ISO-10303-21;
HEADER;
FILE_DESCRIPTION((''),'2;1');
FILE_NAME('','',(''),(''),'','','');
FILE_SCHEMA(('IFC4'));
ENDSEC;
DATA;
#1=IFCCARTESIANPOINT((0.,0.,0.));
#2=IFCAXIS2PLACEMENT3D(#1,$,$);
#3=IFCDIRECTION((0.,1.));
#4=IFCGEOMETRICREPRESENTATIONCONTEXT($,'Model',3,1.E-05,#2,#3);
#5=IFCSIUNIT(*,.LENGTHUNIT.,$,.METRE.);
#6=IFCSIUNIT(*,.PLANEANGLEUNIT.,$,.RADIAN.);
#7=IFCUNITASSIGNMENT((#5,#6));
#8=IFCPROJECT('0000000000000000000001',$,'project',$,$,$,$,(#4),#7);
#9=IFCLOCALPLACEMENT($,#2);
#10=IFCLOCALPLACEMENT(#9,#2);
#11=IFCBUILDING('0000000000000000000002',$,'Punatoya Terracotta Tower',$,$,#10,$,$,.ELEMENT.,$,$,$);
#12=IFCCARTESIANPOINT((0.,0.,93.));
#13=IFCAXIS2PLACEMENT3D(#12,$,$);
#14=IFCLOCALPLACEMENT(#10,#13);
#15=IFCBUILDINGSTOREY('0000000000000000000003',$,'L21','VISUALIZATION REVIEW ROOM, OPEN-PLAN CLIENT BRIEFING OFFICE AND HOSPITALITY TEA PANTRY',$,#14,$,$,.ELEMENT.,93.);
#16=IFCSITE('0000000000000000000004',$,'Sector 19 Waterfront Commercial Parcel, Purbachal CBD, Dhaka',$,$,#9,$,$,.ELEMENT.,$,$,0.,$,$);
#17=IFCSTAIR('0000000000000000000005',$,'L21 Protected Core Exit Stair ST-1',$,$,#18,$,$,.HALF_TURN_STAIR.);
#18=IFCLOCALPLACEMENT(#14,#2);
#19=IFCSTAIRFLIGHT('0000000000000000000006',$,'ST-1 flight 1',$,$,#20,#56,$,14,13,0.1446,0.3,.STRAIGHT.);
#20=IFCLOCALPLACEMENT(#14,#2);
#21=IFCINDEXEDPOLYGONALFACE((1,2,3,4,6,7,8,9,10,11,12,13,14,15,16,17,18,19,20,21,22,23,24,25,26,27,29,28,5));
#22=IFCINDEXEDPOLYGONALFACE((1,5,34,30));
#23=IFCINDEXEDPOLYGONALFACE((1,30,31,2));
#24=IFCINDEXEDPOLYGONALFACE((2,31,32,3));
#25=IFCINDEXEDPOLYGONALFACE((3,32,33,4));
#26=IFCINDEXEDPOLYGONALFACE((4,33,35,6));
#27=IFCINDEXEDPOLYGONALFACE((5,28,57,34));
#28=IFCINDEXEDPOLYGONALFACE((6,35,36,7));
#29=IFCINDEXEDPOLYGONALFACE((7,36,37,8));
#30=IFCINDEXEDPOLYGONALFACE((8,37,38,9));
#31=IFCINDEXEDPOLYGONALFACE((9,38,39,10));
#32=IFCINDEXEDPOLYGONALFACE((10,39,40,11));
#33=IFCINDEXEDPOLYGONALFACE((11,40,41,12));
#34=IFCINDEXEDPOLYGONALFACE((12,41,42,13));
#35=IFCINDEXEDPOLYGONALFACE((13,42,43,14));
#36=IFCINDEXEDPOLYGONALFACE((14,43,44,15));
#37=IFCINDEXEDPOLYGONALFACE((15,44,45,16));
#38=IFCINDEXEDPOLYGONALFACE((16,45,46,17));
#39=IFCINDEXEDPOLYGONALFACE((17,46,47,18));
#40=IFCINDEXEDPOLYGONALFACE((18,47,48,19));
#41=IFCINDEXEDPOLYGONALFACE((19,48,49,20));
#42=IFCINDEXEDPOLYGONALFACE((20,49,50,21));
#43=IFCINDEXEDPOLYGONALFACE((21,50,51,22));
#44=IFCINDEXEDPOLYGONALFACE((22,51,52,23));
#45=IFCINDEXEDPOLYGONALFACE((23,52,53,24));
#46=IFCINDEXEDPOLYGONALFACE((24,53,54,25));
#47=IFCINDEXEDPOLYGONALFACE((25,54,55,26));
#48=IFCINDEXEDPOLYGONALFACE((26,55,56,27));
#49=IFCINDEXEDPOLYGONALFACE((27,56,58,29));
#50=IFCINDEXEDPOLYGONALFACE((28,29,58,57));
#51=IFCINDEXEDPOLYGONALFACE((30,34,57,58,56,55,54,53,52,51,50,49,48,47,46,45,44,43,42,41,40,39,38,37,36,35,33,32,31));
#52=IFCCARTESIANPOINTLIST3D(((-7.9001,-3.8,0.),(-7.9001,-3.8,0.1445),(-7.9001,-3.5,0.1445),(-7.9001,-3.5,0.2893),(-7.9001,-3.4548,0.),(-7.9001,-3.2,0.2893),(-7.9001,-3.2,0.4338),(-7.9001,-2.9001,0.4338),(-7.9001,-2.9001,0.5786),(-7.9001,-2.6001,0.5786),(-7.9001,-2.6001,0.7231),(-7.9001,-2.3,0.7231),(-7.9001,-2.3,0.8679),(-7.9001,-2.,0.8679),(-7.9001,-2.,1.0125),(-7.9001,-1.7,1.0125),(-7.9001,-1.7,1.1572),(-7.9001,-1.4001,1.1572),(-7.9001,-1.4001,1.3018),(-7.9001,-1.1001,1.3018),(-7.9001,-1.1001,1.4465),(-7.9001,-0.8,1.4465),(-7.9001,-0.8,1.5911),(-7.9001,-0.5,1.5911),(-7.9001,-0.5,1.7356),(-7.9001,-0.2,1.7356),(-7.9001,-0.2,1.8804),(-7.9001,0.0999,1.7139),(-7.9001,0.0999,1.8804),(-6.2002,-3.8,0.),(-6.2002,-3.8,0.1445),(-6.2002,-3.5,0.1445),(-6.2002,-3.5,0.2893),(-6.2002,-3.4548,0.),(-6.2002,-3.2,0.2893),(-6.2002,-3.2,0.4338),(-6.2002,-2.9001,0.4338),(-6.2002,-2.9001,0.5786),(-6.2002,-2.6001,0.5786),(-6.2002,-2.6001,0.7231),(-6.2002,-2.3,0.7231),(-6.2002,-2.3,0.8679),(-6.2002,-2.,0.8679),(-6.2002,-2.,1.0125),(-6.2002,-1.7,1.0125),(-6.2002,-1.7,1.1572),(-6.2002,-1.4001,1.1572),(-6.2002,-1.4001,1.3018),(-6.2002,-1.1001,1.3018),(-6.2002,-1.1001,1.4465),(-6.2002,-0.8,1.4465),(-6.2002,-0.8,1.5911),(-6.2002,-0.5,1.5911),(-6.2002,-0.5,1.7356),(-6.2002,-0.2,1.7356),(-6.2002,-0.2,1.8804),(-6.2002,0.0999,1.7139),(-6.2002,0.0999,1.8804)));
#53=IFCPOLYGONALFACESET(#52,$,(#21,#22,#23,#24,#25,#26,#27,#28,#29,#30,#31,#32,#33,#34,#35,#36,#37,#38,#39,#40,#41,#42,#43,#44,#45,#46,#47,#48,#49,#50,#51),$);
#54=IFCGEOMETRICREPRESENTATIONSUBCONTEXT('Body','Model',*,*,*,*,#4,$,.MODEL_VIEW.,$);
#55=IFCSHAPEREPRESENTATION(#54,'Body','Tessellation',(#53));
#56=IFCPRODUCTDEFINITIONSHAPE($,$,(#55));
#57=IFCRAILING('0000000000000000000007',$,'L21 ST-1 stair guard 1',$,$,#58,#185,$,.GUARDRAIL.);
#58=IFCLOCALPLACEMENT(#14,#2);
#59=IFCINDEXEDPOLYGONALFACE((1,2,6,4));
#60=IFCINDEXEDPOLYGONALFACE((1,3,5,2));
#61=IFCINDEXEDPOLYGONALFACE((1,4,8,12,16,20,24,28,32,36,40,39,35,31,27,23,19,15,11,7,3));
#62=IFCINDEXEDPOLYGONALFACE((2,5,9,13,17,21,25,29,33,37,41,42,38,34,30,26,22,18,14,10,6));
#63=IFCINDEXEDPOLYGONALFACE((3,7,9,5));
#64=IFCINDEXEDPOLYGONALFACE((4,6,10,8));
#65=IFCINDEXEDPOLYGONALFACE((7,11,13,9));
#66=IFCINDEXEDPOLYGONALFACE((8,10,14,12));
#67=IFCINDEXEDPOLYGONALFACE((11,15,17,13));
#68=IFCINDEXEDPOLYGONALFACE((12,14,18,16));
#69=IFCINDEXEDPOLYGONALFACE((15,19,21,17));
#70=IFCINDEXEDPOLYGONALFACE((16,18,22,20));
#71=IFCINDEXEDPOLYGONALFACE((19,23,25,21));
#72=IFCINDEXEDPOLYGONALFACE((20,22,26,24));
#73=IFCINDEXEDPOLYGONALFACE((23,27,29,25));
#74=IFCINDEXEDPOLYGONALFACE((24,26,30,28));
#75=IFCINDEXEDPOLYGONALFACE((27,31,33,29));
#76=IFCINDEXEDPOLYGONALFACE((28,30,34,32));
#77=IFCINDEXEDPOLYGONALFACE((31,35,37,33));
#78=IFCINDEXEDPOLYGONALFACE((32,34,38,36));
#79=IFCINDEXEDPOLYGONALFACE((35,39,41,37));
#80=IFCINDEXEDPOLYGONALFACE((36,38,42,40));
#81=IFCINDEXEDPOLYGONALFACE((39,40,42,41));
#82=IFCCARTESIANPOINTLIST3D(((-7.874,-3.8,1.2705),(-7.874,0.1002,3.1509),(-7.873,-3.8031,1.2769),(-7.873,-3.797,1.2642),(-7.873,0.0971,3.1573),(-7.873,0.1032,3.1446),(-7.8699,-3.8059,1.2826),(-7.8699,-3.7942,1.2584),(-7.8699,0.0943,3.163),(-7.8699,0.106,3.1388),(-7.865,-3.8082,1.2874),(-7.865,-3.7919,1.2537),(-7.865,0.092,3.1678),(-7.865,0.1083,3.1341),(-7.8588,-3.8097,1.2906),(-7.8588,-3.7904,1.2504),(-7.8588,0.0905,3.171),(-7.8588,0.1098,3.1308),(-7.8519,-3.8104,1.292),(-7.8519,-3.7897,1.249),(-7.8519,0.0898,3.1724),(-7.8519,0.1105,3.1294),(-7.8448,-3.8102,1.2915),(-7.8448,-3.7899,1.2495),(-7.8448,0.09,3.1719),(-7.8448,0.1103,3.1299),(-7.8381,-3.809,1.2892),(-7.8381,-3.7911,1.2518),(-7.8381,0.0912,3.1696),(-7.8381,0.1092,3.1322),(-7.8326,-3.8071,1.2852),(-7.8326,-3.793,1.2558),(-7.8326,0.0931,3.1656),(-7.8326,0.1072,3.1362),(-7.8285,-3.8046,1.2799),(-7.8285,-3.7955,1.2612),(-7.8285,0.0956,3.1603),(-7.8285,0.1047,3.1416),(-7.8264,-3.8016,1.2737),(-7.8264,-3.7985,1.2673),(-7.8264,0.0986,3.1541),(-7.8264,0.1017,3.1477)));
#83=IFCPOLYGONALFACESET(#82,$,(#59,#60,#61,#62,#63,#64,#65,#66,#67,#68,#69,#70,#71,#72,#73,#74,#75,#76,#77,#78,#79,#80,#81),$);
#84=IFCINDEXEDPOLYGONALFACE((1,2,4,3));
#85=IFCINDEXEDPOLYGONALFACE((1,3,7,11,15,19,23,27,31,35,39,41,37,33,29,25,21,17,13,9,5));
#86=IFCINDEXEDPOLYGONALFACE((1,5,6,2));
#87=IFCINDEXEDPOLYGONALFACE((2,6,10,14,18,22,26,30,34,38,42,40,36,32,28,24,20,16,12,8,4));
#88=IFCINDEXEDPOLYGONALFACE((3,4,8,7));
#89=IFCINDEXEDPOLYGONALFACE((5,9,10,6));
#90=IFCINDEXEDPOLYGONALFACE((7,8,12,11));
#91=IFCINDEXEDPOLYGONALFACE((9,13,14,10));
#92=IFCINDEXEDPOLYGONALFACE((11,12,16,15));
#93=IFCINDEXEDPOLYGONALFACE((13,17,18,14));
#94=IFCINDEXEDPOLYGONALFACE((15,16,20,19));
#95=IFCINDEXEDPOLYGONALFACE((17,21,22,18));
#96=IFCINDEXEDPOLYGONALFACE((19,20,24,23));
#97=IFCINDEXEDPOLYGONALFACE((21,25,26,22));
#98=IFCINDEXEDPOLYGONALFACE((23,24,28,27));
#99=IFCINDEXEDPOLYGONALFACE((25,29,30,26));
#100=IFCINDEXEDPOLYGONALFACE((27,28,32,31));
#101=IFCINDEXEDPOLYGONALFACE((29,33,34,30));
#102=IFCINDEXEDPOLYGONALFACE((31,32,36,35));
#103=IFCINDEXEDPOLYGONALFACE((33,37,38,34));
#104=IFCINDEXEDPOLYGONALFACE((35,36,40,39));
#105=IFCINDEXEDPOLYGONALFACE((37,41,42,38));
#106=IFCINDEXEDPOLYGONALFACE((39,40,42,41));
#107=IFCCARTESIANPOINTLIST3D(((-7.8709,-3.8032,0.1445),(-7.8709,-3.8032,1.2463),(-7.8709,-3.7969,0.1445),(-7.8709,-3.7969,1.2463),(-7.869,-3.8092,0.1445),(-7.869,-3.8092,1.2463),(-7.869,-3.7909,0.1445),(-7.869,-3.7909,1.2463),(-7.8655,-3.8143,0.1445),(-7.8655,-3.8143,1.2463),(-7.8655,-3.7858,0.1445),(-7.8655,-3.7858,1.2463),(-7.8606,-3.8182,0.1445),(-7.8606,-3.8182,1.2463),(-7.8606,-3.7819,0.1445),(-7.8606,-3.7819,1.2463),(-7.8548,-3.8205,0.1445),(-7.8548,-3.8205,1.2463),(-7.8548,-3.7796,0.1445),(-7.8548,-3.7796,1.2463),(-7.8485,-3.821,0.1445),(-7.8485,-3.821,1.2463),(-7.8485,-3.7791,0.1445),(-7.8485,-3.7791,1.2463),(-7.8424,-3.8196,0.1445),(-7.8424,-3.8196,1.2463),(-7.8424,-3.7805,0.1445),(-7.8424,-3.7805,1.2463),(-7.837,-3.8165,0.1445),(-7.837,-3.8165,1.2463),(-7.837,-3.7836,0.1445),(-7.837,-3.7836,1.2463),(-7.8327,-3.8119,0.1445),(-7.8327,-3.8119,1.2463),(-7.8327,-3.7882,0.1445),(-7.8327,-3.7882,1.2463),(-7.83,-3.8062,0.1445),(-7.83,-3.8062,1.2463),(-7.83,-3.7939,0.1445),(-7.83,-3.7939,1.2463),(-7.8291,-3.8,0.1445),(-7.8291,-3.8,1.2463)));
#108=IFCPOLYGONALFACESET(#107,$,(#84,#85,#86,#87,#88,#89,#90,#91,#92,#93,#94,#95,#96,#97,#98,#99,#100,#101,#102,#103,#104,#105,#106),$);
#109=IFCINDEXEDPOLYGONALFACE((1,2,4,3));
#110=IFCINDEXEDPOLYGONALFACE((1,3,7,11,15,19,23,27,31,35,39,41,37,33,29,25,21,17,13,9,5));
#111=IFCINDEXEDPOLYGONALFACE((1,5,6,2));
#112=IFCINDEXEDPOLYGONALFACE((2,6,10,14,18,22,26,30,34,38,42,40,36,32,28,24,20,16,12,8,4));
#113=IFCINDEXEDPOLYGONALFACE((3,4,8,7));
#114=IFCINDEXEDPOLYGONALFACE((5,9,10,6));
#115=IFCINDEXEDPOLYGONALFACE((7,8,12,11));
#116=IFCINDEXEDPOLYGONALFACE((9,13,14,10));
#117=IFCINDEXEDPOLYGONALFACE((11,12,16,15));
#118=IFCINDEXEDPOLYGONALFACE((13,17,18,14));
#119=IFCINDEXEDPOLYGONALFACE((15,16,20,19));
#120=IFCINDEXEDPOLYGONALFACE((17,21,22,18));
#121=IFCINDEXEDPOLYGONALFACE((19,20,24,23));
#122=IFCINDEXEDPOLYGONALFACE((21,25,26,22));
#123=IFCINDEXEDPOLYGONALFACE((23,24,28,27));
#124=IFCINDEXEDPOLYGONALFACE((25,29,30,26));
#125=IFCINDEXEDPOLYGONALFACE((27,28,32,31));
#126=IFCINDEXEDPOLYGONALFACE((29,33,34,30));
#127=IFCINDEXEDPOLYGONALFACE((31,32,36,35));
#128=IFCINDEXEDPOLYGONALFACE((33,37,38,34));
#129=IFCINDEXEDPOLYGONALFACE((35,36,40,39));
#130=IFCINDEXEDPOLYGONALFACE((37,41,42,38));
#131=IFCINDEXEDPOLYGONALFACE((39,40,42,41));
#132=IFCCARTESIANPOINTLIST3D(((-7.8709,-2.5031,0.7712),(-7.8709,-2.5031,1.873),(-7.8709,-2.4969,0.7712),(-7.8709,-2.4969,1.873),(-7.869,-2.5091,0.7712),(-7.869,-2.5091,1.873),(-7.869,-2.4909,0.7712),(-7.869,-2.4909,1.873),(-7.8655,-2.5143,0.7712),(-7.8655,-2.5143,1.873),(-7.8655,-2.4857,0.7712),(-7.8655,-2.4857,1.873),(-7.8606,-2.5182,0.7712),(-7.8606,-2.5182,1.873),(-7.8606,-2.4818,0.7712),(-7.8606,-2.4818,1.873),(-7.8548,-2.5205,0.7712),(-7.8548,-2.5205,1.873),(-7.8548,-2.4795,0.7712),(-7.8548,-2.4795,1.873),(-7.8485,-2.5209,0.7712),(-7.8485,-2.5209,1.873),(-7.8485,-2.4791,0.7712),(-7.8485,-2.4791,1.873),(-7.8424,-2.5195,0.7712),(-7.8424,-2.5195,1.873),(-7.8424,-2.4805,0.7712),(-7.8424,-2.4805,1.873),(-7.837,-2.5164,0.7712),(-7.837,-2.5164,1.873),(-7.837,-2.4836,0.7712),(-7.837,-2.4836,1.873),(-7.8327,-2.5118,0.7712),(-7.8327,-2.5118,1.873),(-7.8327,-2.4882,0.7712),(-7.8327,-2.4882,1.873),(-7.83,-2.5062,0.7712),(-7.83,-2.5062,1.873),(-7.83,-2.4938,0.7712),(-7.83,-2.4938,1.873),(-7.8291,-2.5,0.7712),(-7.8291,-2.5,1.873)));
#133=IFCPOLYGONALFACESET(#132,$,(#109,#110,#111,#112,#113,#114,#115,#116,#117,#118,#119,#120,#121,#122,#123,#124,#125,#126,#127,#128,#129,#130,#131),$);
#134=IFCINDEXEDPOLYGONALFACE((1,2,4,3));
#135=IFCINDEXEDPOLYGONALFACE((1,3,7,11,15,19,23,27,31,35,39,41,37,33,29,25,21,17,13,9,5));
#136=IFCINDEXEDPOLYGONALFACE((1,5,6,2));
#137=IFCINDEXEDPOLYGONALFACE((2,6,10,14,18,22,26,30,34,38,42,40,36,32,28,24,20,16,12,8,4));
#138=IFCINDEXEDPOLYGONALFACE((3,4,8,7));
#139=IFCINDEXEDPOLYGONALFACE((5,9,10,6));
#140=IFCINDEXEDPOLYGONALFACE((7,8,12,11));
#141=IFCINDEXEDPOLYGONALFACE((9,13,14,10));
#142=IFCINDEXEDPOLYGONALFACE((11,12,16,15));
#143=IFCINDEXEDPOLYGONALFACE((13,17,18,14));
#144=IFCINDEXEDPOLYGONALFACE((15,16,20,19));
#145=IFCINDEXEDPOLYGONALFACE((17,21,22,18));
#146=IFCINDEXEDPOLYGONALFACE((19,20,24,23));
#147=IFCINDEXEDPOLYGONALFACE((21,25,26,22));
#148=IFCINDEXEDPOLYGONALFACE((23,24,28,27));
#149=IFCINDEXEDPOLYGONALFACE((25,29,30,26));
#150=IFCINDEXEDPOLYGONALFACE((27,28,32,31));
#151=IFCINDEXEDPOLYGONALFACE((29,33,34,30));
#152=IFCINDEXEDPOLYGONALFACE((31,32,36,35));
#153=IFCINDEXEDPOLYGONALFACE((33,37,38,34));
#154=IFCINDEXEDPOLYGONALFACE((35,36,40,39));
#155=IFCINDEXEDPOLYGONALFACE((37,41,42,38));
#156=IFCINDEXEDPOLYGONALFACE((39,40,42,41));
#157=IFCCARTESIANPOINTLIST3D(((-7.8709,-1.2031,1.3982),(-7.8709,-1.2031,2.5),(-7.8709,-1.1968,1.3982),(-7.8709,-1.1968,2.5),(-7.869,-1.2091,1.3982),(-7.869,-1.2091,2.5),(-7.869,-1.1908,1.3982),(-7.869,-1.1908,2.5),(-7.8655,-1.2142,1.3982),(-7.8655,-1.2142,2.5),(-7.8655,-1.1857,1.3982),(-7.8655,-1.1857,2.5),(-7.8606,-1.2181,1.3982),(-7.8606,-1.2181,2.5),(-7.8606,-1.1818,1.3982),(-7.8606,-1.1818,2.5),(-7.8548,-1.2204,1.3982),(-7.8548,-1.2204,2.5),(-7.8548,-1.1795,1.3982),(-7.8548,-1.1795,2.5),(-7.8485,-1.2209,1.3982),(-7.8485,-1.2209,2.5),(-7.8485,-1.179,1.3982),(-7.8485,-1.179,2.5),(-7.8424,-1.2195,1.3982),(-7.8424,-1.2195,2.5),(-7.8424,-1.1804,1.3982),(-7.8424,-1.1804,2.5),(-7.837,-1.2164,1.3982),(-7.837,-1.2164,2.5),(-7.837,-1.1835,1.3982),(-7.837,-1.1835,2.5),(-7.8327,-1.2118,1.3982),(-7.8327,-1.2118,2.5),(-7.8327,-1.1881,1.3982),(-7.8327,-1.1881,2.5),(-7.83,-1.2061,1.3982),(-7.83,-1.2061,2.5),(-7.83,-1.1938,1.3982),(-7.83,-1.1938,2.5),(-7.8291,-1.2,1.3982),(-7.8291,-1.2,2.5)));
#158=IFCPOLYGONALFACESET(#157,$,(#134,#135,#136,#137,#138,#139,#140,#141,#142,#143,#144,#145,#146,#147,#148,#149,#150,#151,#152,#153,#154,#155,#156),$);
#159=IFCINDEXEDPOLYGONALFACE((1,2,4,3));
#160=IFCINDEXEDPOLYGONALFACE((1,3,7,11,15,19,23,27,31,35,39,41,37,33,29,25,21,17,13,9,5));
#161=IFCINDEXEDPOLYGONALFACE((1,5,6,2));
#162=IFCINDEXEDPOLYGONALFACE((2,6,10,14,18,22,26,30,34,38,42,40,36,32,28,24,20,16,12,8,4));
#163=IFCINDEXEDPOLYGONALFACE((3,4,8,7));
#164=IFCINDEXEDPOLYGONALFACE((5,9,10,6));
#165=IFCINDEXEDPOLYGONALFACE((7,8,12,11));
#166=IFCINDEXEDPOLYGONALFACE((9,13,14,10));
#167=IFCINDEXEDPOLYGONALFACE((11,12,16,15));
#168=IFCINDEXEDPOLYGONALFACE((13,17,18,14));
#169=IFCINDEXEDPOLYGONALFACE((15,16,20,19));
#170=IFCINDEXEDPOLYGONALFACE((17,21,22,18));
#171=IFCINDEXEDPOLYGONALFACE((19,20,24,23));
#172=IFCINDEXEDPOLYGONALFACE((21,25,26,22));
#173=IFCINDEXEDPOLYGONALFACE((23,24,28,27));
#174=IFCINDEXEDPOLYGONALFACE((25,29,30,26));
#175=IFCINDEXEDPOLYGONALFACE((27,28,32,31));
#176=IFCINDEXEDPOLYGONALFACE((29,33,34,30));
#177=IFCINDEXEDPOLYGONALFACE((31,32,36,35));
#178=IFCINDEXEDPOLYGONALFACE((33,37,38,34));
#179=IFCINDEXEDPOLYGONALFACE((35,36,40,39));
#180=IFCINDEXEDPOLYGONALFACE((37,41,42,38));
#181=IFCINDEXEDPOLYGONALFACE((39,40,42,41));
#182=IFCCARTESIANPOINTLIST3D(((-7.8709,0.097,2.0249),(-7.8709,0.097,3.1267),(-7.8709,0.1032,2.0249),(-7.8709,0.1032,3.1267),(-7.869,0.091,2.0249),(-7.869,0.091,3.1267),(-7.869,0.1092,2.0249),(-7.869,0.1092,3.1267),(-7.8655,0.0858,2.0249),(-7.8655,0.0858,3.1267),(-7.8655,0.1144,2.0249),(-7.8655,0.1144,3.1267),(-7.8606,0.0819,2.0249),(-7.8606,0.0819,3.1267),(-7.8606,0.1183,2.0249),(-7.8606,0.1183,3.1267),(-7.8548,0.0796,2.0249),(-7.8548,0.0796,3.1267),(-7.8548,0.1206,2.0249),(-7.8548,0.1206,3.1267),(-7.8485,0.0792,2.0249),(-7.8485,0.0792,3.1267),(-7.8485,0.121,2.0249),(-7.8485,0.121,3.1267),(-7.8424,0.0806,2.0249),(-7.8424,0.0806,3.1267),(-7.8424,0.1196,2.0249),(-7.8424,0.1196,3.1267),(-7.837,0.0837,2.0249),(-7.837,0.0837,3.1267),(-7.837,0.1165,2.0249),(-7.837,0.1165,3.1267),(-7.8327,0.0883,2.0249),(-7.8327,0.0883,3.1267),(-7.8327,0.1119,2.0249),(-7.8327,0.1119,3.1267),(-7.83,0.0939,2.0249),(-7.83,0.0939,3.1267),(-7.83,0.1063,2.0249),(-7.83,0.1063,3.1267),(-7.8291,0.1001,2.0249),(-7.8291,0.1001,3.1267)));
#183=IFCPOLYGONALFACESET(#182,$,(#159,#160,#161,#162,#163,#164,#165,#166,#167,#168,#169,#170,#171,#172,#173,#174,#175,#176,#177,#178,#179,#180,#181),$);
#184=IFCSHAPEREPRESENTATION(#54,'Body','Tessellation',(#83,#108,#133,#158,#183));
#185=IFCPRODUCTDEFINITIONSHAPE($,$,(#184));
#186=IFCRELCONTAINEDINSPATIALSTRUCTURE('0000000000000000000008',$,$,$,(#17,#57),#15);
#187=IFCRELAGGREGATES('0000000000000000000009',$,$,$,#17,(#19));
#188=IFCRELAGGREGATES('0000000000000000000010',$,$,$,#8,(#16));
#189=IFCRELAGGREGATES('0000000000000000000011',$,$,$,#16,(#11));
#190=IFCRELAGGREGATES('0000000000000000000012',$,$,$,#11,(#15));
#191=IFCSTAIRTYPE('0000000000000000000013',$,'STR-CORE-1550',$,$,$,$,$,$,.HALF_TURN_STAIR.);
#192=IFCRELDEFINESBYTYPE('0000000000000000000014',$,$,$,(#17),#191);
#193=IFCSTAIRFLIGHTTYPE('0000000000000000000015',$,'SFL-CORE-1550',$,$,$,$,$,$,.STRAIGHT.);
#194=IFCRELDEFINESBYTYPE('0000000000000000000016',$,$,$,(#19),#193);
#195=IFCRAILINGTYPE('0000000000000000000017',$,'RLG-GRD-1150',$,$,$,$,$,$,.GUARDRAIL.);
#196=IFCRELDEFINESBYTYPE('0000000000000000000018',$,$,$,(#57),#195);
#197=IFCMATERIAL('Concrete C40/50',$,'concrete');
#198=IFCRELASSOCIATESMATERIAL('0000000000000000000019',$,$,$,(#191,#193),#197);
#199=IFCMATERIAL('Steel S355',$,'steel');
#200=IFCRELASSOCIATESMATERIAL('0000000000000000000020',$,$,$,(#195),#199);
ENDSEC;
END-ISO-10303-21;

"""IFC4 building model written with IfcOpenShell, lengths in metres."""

from ifc_helpers import new_model, si_unit, direction, frame, origin, origin_2d, place, context, subcontext, project, spatial, polyline, circle, outline, extrude, material, type_object, element, aggregate, save


model = new_model("IFC4")

# Units and contexts
model_context = context("Model", 3, precision=1e-05, world=origin(), true_north=direction((0.0, 1.0)))
body_context = subcontext(model_context, "Body", "Model", "MODEL_VIEW")
ifc_project = project(units=[si_unit("LENGTHUNIT", "METRE"), si_unit("PLANEANGLEUNIT", "RADIAN")], contexts=[model_context])

# Site, building, storey
site_placement = place(None, origin())
site = spatial("IfcSite", under=ifc_project, at=site_placement, Name="Sector 19 Waterfront Commercial Parcel, Purbachal CBD, Dhaka", CompositionType="ELEMENT", RefElevation=0.0)
building_placement = place(site_placement, origin())
building = spatial("IfcBuilding", under=site, at=building_placement, Name="Punatoya Terracotta Tower", CompositionType="ELEMENT")
storey_placement = place(building_placement, frame((0.0, 0.0, 93.0)))
storey = spatial("IfcBuildingStorey", under=building, at=storey_placement, Name="L21", Description="VISUALIZATION REVIEW ROOM, OPEN-PLAN CLIENT BRIEFING OFFICE AND HOSPITALITY TEA PANTRY", CompositionType="ELEMENT", Elevation=93.0)

# Shared definitions
ifc_material_1 = material(Name="Concrete C40/50", Category="concrete")

# Stair, stair flight
stair_type = type_object("IfcStairType", Name="STR-CORE-1550", PredefinedType="HALF_TURN_STAIR", material=ifc_material_1)
stair_placement = place(storey_placement, origin())
stair = element("IfcStair", 1, at=stair_placement, inside=storey, type_object=stair_type, Name="L21 Protected Core Exit Stair ST-1", PredefinedType="HALF_TURN_STAIR")
stair_flight_type = type_object("IfcStairFlightType", Name="SFL-CORE-1550", PredefinedType="STRAIGHT", material=ifc_material_1)
stair_flight_placement = place(storey_placement, frame((-7.05, -3.8, 0.0), z_axis=(0.0, 0.0, 1.0), x_axis=(0.0, 1.0, 0.0)))
stair_flight = element("IfcStairFlight", 2, at=stair_flight_placement, type_object=stair_flight_type, Name="ST-1 flight 1", NumberOfRisers=14, NumberOfTreads=13, PredefinedType="STRAIGHT", RiserHeight=0.1446, TreadLength=0.3, context=body_context, shape_type="SweptSolid", body=[
    extrude(outline(polyline([(0.0, 0.0), (0.0, 0.1445), (0.3, 0.1445), (0.3, 0.2893), (0.6001, 0.2893), (0.6001, 0.4338), (0.8999, 0.4338), (0.8999, 0.5786), (1.2, 0.5786), (1.2, 0.7231), (1.5, 0.7231), (1.5, 0.8679), (1.8, 0.8679), (1.8, 1.0125), (2.1001, 1.0125), (2.1001, 1.1572), (2.3999, 1.1572), (2.3999, 1.3018), (2.7, 1.3018), (2.7, 1.4465), (3.0, 1.4465), (3.0, 1.5911), (3.3, 1.5911), (3.3, 1.7356), (3.6001, 1.7356), (3.6001, 1.8804), (3.8999, 1.8804), (3.8999, 2.0249), (3.8999, 1.7139), (0.3452, 0.0), (0.0, 0.0)])), frame((0.0, 0.8501, 0.0), z_axis=(0.0, -1.0, 0.0), x_axis=(1.0, 0.0, 0.0)), (0.0, 0.0, 1.0), 1.7),
])
aggregate(stair, [stair_flight])

# Railing
ifc_material_2 = material(Name="Steel S355", Category="steel")
railing_type_1 = type_object("IfcRailingType", Name="RLG-GRD-1150", PredefinedType="GUARDRAIL", material=ifc_material_2)
railing_1_placement = place(storey_placement, frame((-7.8501, -3.8, 0.1445)))
element("IfcRailing", 3, at=railing_1_placement, inside=storey, type_object=railing_type_1, Name="L21 ST-1 stair guard 1", PredefinedType="GUARDRAIL", context=body_context, shape_type="SweptSolid", body=[
    extrude(circle(Radius=0.0239, at=origin_2d()), frame((0.0, 0.0, 1.126), z_axis=(0.0, 0.900774, 0.434289), x_axis=(-1.0, 0.0, 0.0)), (0.0, 0.0, 1.0), 4.3298),
    extrude(circle(Radius=0.021, at=origin_2d()), origin(), (0.0, 0.0, 1.0), 1.1018),
    extrude(circle(Radius=0.021, at=origin_2d()), frame((0.0, 1.3, 0.6267)), (0.0, 0.0, 1.0), 1.1018),
    extrude(circle(Radius=0.021, at=origin_2d()), frame((0.0, 2.6001, 1.2537)), (0.0, 0.0, 1.0), 1.1018),
    extrude(circle(Radius=0.021, at=origin_2d()), frame((0.0, 3.9001, 1.8804)), (0.0, 0.0, 1.0), 1.1018),
])

save(model, "model.ifc")
